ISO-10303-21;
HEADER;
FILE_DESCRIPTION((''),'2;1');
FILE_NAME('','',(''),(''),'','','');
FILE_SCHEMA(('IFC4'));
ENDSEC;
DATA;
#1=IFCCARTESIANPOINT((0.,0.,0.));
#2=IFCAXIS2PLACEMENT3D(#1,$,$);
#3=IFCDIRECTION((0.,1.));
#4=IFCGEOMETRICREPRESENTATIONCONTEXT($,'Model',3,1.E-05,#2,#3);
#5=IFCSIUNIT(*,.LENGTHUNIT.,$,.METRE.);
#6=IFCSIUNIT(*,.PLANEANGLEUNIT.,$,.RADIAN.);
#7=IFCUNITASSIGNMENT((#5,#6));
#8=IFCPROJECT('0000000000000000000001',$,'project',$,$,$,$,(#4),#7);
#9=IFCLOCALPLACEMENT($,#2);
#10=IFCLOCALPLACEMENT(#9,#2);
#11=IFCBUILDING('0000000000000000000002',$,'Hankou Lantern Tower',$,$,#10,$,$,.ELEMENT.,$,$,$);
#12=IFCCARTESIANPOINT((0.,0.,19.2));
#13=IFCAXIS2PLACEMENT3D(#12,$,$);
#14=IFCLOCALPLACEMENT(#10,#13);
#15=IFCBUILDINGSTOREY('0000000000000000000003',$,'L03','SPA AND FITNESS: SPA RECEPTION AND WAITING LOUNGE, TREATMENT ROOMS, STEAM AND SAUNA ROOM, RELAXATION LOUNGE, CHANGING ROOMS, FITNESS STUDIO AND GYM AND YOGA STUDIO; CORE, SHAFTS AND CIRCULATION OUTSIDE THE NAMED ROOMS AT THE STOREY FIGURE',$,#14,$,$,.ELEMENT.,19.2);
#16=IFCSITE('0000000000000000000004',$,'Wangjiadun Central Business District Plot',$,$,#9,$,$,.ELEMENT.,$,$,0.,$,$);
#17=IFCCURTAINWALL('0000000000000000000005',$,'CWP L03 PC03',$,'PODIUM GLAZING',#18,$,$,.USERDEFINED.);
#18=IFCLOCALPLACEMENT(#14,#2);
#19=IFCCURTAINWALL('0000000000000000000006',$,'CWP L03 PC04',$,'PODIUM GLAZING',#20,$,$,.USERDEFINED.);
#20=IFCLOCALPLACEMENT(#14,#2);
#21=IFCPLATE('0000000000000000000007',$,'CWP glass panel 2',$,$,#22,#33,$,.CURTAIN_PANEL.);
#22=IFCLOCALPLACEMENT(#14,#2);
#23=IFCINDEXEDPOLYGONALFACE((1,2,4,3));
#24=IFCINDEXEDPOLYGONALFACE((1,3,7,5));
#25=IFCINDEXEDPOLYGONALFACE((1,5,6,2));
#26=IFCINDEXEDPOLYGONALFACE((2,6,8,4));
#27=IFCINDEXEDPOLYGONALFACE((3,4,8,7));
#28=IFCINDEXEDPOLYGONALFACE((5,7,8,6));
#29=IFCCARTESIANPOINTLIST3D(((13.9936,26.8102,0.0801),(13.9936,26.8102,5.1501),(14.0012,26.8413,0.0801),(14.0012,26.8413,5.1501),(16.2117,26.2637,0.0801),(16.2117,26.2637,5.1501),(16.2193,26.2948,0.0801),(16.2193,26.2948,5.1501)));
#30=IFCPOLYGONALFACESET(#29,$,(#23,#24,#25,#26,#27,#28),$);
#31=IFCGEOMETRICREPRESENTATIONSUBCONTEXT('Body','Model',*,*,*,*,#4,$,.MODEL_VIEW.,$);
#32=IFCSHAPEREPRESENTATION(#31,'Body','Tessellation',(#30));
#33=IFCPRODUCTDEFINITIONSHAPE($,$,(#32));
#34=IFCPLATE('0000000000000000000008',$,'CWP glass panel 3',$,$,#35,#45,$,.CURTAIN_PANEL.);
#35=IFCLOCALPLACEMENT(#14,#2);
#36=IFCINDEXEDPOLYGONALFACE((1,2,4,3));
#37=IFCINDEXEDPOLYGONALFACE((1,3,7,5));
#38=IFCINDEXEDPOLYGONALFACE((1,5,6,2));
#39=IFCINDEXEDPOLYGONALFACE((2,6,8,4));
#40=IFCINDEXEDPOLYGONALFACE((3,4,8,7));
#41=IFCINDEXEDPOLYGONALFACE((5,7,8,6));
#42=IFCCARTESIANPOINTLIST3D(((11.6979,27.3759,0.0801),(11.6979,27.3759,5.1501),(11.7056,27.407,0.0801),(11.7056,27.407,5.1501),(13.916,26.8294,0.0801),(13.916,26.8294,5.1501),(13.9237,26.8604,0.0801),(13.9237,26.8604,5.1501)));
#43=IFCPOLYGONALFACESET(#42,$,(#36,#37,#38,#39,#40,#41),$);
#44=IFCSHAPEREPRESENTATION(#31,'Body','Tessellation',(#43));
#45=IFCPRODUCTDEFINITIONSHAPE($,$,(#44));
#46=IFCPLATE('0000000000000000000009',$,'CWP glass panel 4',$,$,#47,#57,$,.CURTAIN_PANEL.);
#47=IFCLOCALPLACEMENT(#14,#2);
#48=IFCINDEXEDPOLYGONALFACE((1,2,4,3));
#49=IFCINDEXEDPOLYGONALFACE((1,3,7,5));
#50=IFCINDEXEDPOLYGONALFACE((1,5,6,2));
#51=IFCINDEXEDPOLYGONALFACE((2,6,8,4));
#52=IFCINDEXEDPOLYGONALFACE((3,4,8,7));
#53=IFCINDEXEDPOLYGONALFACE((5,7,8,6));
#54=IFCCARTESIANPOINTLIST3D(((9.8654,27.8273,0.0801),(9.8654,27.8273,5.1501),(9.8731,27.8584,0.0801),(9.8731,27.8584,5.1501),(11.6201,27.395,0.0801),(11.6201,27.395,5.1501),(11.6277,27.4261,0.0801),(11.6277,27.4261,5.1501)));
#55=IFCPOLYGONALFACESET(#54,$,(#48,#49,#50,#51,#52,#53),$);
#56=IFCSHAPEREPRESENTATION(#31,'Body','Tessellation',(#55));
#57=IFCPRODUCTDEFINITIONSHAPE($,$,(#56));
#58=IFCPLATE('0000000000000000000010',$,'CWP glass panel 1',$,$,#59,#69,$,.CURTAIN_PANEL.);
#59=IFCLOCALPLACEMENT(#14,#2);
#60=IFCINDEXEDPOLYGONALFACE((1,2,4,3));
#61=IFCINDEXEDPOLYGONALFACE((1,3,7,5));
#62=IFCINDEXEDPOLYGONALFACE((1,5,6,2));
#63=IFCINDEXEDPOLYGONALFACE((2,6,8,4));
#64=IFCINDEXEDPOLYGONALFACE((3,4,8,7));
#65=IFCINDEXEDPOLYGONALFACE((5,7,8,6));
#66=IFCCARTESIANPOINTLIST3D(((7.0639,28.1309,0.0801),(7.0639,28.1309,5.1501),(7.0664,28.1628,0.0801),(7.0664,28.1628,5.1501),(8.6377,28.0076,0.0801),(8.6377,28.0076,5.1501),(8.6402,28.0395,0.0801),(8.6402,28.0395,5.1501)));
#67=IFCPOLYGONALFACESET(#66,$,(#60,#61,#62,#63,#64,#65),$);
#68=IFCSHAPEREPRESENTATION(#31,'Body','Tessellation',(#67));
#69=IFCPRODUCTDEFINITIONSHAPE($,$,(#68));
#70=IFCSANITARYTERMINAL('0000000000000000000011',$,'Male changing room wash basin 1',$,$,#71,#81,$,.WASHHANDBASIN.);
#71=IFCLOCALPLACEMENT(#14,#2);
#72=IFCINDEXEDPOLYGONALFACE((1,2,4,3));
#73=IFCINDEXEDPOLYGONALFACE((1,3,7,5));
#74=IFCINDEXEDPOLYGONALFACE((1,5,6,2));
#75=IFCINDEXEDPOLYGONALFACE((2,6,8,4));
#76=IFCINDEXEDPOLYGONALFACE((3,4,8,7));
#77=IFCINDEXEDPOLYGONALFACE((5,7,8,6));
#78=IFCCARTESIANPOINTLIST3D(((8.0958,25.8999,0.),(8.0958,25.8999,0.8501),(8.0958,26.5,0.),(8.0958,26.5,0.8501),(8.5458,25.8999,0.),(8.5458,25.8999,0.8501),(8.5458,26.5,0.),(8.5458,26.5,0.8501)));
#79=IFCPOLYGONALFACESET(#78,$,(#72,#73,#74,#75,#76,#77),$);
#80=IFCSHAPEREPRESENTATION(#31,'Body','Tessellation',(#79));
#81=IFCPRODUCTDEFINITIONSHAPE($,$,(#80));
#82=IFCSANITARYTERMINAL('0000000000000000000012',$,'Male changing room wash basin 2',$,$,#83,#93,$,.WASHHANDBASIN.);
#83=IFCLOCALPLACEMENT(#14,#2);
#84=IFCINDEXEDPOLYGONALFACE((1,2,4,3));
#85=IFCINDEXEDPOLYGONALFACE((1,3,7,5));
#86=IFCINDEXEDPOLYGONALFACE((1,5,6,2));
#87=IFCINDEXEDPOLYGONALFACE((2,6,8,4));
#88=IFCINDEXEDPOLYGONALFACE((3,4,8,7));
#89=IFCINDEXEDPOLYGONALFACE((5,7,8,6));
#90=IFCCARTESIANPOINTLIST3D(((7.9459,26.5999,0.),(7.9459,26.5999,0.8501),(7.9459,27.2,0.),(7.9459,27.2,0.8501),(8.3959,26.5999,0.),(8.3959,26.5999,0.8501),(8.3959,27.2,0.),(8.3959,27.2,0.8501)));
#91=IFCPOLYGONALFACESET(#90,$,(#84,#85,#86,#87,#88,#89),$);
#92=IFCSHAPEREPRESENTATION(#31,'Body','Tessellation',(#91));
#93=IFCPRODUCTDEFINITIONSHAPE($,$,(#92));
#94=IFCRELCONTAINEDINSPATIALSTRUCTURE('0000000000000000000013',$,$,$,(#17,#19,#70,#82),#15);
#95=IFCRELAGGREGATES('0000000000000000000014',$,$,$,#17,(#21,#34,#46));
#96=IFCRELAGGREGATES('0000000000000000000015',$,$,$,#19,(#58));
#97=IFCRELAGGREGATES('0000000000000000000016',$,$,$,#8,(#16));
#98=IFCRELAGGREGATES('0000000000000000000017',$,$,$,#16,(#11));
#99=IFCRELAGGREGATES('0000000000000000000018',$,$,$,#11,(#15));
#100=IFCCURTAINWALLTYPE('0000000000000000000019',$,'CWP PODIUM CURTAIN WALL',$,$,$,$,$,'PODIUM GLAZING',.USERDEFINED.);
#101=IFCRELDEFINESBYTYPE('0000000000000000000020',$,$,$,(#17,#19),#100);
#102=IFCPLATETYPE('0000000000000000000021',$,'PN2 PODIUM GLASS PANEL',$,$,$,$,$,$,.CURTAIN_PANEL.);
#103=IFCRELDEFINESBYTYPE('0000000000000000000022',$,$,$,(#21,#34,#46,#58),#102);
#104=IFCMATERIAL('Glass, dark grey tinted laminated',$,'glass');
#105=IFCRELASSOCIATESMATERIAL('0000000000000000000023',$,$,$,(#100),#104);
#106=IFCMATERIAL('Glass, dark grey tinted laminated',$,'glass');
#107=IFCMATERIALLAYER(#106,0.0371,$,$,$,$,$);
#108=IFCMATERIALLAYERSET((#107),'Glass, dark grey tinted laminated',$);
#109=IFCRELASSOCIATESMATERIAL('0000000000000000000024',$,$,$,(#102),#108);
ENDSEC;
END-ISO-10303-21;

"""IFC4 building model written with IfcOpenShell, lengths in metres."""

from ifc_helpers import new_model, si_unit, direction, frame, origin, origin_2d, place, context, subcontext, project, spatial, rectangle, extrude, material, layer, layer_set, type_object, element, aggregate, save


model = new_model("IFC4")

# Units and contexts
model_context = context("Model", 3, precision=1e-05, world=origin(), true_north=direction((0.0, 1.0)))
body_context = subcontext(model_context, "Body", "Model", "MODEL_VIEW")
ifc_project = project(units=[si_unit("LENGTHUNIT", "METRE"), si_unit("PLANEANGLEUNIT", "RADIAN")], contexts=[model_context])

# Site, building, storey
site_placement = place(None, origin())
site = spatial("IfcSite", under=ifc_project, at=site_placement, Name="Wangjiadun Central Business District Plot", CompositionType="ELEMENT", RefElevation=0.0)
building_placement = place(site_placement, origin())
building = spatial("IfcBuilding", under=site, at=building_placement, Name="Hankou Lantern Tower", CompositionType="ELEMENT")
storey_placement = place(building_placement, frame((0.0, 0.0, 19.2)))
storey = spatial("IfcBuildingStorey", under=building, at=storey_placement, Name="L03", Description="SPA AND FITNESS: SPA RECEPTION AND WAITING LOUNGE, TREATMENT ROOMS, STEAM AND SAUNA ROOM, RELAXATION LOUNGE, CHANGING ROOMS, FITNESS STUDIO AND GYM AND YOGA STUDIO; CORE, SHAFTS AND CIRCULATION OUTSIDE THE NAMED ROOMS AT THE STOREY FIGURE", CompositionType="ELEMENT", Elevation=19.2)

# Curtain wall
ifc_material_1 = material(Name="Glass, dark grey tinted laminated", Category="glass")
curtain_wall_type = type_object("IfcCurtainWallType", Name="CWP PODIUM CURTAIN WALL", ElementType="PODIUM GLAZING", PredefinedType="USERDEFINED", material=ifc_material_1)
curtain_wall_1_placement = place(storey_placement, origin())
curtain_wall_1 = element("IfcCurtainWall", 1, at=curtain_wall_1_placement, inside=storey, type_object=curtain_wall_type, Name="CWP L03 PC03", ObjectType="PODIUM GLAZING", PredefinedType="USERDEFINED")

# Curtain wall
curtain_wall_2_placement = place(storey_placement, origin())
curtain_wall_2 = element("IfcCurtainWall", 2, at=curtain_wall_2_placement, inside=storey, type_object=curtain_wall_type, Name="CWP L03 PC04", ObjectType="PODIUM GLAZING", PredefinedType="USERDEFINED")

# Plates
ifc_material_2 = material(Name="Glass, dark grey tinted laminated", Category="glass")
ifc_layer = layer(ifc_material_2, 0.0371)
ifc_layer_set = layer_set([ifc_layer], Name="Glass, dark grey tinted laminated")
plate_type = type_object("IfcPlateType", Name="PN2 PODIUM GLASS PANEL", PredefinedType="CURTAIN_PANEL", material=ifc_layer_set)
plate_1_placement = place(storey_placement, frame((15.1064, 26.5525, 0.0801), z_axis=(0.0, 0.0, 1.0), x_axis=(-0.970961, 0.239238, 0.0)))
plate_1 = element("IfcPlate", 3, at=plate_1_placement, type_object=plate_type, Name="CWP glass panel 2", PredefinedType="CURTAIN_PANEL", context=body_context, shape_type="SweptSolid", body=[
    extrude(rectangle(XDim=2.2844, YDim=0.032, at=origin_2d()), origin(), (0.0, 0.0, 1.0), 5.0701),
])
plate_2_placement = place(storey_placement, frame((12.8108, 27.1182, 0.0801), z_axis=(0.0, 0.0, 1.0), x_axis=(-0.970961, 0.239238, 0.0)))
plate_2 = element("IfcPlate", 4, at=plate_2_placement, type_object=plate_type, Name="CWP glass panel 3", PredefinedType="CURTAIN_PANEL", context=body_context, shape_type="SweptSolid", body=[
    extrude(rectangle(XDim=2.2844, YDim=0.032, at=origin_2d()), origin(), (0.0, 0.0, 1.0), 5.0701),
])
plate_3_placement = place(storey_placement, frame((10.7466, 27.6267, 0.0801), z_axis=(0.0, 0.0, 1.0), x_axis=(-0.970961, 0.239238, 0.0)))
plate_3 = element("IfcPlate", 5, at=plate_3_placement, type_object=plate_type, Name="CWP glass panel 4", PredefinedType="CURTAIN_PANEL", context=body_context, shape_type="SweptSolid", body=[
    extrude(rectangle(XDim=1.8071, YDim=0.032, at=origin_2d()), origin(), (0.0, 0.0, 1.0), 5.0701),
])
aggregate(curtain_wall_1, [plate_1, plate_2, plate_3])
plate_4_placement = place(storey_placement, frame((7.8521, 28.0852, 0.0801), z_axis=(0.0, 0.0, 1.0), x_axis=(-0.996949, 0.078062, 0.0)))
plate_4 = element("IfcPlate", 6, at=plate_4_placement, type_object=plate_type, Name="CWP glass panel 1", PredefinedType="CURTAIN_PANEL", context=body_context, shape_type="SweptSolid", body=[
    extrude(rectangle(XDim=1.5786, YDim=0.032, at=origin_2d()), origin(), (0.0, 0.0, 1.0), 5.0701),
])
aggregate(curtain_wall_2, [plate_4])

# Sanitary terminals
for number, where, z_axis, x_axis, name in (
    (7, (8.3208, 26.2, 0.0), (0.0, 0.0, 1.0), (0.0, 1.0, 0.0), "Male changing room wash basin 1"),
    (8, (8.1709, 26.8999, 0.0), (0.0, 0.0, 1.0), (0.0, 1.0, 0.0), "Male changing room wash basin 2"),
):
    element("IfcSanitaryTerminal", number, at=place(storey_placement, frame(where, z_axis=z_axis, x_axis=x_axis)), inside=storey, Name=name, PredefinedType="WASHHANDBASIN", context=body_context, shape_type="SweptSolid", body=[
        extrude(rectangle(XDim=0.6001, YDim=0.45, at=origin_2d()), origin(), (0.0, 0.0, 1.0), 0.8501),
    ])

save(model, "model.ifc")
